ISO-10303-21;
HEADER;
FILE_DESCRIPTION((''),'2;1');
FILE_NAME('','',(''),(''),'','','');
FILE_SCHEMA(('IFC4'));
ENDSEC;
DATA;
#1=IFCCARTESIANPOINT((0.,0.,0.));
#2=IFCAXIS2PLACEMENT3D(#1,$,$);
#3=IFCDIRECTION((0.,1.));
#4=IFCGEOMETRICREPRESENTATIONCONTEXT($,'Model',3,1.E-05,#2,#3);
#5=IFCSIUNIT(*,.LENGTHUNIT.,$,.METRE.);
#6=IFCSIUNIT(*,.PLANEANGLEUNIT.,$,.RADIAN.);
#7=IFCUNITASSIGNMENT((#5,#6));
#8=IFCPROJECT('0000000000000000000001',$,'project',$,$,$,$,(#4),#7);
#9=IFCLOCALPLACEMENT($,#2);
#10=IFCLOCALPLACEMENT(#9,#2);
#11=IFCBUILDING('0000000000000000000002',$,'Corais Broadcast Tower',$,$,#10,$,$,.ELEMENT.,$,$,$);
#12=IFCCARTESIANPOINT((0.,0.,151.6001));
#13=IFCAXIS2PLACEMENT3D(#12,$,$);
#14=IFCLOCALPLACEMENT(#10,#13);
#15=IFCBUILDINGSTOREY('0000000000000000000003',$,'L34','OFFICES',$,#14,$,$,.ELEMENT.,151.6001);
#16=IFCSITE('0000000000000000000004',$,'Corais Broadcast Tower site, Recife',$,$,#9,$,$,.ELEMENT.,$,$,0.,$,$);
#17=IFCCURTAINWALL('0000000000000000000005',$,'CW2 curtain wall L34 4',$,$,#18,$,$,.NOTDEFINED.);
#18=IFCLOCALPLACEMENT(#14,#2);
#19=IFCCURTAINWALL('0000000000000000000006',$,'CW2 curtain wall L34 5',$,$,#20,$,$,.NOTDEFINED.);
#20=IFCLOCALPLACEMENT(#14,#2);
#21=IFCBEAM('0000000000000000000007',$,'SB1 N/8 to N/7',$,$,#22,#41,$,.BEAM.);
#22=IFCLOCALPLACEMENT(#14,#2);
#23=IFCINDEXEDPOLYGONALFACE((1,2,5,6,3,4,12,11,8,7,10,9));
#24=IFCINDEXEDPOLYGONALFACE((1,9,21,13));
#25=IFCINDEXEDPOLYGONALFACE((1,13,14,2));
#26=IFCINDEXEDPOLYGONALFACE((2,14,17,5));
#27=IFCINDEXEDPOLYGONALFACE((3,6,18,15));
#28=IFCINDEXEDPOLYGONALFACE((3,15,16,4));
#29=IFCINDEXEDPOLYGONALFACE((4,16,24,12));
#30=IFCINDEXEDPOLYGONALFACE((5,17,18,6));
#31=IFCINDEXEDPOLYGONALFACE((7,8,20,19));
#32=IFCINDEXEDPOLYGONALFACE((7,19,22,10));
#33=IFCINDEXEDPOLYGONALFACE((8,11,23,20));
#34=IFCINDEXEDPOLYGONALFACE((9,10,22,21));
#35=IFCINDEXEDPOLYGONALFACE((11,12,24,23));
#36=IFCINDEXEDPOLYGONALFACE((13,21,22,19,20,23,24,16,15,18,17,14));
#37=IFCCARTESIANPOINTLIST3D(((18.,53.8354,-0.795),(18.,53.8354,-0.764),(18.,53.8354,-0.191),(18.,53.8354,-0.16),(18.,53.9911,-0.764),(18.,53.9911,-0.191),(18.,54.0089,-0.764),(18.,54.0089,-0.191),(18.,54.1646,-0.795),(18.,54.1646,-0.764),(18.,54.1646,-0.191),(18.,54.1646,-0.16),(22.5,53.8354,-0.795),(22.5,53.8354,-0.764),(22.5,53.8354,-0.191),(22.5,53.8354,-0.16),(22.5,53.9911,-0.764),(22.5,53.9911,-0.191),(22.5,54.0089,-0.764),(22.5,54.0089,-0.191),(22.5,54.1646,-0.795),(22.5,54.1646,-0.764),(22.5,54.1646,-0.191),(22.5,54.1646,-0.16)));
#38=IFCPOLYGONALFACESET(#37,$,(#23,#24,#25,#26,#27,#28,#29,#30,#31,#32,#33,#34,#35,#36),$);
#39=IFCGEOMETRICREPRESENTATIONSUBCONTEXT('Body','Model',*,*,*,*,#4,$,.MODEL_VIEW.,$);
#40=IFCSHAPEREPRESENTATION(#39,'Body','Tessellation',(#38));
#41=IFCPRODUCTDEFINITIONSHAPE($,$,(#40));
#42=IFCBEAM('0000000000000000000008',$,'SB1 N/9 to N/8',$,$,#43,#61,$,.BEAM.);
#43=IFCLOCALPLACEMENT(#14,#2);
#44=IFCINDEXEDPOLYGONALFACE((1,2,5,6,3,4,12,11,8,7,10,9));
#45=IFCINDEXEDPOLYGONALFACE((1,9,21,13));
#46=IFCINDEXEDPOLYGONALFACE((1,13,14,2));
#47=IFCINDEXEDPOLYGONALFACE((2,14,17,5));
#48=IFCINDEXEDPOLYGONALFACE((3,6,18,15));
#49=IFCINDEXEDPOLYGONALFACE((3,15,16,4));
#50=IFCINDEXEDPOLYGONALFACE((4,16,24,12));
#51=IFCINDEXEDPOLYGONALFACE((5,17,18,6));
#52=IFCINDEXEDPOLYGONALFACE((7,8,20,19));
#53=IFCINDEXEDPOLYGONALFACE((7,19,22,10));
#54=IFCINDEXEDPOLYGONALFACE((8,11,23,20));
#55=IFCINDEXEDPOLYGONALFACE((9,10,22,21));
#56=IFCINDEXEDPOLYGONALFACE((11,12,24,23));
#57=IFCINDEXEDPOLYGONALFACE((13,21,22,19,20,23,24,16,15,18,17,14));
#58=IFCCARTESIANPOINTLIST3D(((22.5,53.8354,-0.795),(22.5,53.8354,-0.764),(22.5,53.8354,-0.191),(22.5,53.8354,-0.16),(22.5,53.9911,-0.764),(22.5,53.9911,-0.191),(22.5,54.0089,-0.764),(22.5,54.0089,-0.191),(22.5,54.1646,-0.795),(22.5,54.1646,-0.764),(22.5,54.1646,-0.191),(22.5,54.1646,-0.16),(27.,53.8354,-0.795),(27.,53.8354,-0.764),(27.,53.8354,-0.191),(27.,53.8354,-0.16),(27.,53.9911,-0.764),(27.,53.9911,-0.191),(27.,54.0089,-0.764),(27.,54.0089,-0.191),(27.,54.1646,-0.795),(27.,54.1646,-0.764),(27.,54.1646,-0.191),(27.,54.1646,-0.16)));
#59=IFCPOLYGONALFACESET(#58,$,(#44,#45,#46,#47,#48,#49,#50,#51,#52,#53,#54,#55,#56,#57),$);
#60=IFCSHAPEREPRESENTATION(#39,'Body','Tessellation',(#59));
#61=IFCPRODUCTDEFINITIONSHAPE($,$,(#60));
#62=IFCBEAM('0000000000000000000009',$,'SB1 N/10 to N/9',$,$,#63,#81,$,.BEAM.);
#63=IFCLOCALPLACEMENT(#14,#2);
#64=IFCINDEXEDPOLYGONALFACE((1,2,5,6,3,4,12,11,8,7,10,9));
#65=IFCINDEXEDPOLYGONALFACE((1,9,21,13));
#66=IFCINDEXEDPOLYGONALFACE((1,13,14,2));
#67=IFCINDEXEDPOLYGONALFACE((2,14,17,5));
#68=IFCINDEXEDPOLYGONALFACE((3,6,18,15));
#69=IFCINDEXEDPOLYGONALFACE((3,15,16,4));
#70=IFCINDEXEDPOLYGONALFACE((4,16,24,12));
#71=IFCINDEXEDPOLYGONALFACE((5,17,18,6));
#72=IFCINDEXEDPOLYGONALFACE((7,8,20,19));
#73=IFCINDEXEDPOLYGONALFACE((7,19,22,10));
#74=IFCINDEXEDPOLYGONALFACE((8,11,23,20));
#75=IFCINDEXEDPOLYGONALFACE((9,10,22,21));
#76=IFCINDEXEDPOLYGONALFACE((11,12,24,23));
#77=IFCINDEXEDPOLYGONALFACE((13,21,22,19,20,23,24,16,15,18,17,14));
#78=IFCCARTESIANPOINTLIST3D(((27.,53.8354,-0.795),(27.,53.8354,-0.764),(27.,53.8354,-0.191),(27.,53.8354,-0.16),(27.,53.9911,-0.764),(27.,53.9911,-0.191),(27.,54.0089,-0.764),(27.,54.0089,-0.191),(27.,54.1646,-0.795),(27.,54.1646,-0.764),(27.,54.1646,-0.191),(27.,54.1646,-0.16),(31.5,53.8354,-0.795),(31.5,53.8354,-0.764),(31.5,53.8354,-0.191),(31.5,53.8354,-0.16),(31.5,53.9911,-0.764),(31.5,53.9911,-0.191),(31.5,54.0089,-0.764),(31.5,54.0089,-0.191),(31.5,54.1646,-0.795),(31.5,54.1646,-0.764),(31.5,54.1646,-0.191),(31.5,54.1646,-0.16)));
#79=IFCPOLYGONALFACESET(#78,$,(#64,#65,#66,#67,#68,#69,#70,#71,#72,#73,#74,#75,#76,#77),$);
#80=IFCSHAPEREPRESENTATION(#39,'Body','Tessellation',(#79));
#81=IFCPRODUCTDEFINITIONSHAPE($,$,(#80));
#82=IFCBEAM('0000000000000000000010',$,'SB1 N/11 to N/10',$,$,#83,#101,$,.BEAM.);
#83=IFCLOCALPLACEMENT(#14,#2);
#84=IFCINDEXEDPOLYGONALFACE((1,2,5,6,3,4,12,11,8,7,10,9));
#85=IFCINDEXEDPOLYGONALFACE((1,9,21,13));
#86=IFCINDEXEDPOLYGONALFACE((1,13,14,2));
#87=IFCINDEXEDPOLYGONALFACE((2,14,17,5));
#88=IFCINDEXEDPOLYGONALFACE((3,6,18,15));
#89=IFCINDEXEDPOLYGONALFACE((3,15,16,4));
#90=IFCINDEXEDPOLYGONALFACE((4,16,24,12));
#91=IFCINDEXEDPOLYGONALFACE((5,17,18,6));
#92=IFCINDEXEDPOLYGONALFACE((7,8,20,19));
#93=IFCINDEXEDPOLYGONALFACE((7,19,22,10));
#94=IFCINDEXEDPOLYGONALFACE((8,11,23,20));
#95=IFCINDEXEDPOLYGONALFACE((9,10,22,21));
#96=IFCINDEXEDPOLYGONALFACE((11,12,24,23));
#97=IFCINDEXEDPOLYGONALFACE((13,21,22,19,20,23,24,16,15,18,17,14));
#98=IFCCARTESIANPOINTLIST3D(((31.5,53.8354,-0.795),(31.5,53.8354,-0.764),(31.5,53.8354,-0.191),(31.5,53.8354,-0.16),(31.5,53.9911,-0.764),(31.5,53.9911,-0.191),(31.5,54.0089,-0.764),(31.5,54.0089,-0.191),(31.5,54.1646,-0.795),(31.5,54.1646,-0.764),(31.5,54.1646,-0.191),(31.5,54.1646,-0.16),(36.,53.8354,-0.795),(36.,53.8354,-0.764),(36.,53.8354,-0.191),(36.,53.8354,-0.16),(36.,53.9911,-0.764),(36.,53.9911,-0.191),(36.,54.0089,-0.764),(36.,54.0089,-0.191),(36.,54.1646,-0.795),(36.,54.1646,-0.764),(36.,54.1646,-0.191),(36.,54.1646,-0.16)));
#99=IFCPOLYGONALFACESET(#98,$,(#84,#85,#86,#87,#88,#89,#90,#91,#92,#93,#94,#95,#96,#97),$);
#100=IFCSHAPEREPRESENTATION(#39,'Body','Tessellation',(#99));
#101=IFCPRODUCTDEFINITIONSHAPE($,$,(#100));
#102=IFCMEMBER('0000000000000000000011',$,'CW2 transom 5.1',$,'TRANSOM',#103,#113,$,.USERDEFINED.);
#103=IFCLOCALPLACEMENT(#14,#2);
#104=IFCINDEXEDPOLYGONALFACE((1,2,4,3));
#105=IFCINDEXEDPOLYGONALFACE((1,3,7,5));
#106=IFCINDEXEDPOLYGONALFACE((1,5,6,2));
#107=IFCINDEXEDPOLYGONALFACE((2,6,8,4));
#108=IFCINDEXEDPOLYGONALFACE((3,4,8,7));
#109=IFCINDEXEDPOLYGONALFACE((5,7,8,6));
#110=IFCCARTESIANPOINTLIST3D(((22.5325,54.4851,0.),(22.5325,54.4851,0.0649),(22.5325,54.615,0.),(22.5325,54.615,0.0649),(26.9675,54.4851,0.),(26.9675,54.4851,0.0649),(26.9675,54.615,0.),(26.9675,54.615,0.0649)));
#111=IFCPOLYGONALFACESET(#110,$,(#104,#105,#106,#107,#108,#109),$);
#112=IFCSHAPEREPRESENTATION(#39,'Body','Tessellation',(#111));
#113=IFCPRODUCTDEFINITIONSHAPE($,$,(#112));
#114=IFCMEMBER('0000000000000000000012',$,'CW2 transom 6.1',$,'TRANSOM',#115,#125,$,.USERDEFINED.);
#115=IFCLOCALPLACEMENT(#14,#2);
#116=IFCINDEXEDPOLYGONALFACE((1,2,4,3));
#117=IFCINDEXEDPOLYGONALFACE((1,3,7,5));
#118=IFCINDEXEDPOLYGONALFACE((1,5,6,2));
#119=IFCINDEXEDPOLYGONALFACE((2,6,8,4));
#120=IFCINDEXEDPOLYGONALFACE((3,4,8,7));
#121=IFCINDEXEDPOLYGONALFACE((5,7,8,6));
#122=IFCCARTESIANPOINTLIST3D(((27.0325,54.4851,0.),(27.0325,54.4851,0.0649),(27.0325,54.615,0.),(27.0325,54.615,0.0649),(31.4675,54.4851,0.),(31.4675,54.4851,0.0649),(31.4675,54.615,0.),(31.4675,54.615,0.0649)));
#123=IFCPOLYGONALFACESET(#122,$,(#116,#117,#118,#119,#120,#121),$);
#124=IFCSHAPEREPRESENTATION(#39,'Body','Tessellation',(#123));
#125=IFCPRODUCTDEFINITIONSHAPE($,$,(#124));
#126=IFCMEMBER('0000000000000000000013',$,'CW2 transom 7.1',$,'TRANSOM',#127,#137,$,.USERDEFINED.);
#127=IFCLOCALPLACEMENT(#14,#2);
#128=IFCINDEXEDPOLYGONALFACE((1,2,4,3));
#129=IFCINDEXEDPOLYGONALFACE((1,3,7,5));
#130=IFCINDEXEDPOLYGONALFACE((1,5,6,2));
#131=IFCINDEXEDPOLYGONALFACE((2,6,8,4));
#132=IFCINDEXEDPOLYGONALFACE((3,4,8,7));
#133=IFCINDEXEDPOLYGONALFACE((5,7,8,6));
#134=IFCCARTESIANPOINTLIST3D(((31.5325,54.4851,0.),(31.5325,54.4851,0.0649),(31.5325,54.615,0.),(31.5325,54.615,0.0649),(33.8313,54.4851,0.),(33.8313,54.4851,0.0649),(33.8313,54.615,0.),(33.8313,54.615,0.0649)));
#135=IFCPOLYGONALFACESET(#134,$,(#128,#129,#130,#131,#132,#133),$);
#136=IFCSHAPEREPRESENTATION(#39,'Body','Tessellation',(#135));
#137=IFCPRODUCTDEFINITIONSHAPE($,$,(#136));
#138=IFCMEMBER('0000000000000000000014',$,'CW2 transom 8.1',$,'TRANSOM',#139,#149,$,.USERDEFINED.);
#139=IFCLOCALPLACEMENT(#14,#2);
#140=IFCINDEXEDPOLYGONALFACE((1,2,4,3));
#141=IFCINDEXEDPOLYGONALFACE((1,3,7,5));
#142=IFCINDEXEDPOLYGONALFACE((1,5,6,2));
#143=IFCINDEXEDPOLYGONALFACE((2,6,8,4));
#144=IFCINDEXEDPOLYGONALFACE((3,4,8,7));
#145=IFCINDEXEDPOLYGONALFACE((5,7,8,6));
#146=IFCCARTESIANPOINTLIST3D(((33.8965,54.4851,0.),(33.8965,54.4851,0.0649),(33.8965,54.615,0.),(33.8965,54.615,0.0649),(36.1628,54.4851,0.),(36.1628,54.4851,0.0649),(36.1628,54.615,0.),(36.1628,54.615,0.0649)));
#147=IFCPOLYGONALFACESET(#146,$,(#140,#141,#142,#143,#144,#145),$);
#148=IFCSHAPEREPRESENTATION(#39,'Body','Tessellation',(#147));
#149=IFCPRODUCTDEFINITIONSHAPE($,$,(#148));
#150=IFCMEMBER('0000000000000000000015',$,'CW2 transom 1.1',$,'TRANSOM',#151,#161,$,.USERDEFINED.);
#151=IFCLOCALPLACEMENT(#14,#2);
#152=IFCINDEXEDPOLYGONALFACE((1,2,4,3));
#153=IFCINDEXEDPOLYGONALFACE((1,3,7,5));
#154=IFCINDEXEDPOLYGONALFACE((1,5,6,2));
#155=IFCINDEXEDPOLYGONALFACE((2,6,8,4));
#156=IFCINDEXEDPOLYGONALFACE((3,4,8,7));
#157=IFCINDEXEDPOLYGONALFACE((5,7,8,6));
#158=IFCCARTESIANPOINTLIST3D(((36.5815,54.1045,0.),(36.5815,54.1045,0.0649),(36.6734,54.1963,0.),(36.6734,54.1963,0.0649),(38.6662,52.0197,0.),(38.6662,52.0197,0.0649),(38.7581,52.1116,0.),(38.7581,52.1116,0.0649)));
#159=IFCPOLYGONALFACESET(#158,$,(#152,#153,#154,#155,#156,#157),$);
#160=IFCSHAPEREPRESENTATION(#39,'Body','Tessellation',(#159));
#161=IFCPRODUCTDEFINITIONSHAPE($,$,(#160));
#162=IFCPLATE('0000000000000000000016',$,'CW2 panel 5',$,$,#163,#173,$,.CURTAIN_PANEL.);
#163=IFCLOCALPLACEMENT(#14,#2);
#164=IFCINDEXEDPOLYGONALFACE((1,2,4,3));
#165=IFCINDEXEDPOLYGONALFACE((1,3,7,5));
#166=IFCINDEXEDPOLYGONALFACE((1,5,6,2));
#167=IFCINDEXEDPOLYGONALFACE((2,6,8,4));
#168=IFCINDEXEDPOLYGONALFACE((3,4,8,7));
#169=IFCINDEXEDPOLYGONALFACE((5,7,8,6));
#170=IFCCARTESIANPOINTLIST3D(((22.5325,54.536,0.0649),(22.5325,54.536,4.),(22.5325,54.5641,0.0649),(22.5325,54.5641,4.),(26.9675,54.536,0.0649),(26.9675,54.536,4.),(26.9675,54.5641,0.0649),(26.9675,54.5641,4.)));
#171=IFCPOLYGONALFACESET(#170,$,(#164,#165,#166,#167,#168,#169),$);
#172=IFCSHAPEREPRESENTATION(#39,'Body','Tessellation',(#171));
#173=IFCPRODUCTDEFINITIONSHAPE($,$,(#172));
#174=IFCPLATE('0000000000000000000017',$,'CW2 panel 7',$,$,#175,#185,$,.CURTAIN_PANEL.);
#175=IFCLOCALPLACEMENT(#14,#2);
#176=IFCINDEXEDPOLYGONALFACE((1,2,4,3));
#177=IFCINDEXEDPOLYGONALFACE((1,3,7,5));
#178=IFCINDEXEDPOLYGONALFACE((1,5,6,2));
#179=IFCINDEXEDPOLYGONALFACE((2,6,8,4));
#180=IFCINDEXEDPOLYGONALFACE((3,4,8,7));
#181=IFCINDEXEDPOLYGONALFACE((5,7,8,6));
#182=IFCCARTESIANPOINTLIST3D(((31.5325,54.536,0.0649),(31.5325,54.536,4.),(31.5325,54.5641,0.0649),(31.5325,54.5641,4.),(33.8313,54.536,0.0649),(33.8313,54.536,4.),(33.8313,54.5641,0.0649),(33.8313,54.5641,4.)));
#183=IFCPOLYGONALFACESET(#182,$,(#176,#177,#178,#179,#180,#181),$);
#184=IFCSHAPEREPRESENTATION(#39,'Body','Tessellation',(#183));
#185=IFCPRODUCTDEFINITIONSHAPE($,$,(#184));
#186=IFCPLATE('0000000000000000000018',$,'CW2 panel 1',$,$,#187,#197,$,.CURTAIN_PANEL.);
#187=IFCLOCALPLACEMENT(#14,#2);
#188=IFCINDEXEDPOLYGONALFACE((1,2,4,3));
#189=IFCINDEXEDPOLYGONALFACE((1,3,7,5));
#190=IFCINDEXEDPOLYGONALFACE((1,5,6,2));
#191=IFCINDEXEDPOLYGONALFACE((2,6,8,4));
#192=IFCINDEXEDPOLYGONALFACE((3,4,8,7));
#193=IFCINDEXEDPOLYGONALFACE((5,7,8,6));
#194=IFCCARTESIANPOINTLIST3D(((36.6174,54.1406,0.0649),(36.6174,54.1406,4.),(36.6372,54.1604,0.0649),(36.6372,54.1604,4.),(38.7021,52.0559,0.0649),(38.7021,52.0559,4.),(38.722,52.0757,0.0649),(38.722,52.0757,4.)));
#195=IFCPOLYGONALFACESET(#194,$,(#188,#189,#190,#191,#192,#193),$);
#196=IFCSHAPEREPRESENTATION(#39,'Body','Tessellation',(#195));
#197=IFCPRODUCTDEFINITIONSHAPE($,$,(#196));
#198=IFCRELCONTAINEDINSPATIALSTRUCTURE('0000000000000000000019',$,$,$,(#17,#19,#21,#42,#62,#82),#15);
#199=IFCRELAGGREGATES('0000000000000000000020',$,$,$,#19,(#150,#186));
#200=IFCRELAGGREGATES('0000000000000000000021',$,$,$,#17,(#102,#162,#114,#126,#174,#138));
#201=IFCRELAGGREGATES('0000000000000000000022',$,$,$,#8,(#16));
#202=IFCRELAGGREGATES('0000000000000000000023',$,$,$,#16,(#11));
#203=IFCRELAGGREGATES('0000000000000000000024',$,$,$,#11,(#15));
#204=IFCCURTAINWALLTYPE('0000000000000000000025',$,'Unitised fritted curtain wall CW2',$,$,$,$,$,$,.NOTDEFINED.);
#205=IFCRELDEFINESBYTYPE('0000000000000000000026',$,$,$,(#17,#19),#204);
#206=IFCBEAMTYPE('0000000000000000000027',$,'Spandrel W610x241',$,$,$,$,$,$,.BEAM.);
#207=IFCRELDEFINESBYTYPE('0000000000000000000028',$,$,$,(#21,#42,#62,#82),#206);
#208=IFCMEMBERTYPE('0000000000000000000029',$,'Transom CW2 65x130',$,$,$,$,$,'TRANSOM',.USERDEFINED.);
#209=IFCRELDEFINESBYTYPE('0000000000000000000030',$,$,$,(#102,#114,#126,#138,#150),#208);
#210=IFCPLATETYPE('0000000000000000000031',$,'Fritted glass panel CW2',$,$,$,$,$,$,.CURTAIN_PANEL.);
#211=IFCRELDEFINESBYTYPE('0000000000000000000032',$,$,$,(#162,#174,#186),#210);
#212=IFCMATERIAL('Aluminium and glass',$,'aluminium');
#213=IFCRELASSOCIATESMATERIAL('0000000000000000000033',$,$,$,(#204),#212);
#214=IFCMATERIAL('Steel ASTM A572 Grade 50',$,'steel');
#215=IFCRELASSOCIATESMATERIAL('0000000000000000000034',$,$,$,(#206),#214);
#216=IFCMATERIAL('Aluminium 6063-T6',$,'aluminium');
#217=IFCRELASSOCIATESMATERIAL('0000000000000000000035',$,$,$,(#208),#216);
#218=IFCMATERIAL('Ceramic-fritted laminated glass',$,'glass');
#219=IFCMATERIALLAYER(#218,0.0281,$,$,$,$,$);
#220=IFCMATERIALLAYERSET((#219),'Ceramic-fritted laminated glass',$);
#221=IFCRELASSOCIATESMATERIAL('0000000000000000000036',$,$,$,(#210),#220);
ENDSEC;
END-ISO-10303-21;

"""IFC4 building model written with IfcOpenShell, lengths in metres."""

from ifc_helpers import new_model, si_unit, direction, frame, origin, origin_2d, place, context, subcontext, project, spatial, rectangle, i_section, extrude, material, layer, layer_set, material_profile, profile_set, type_object, element, aggregate, save


model = new_model("IFC4")

# Units and contexts
model_context = context("Model", 3, precision=1e-05, world=origin(), true_north=direction((0.0, 1.0)))
body_context = subcontext(model_context, "Body", "Model", "MODEL_VIEW")
ifc_project = project(units=[si_unit("LENGTHUNIT", "METRE"), si_unit("PLANEANGLEUNIT", "RADIAN")], contexts=[model_context])

# Site, building, storey
site_placement = place(None, origin())
site = spatial("IfcSite", under=ifc_project, at=site_placement, Name="Corais Broadcast Tower site, Recife", CompositionType="ELEMENT", RefElevation=0.0)
building_placement = place(site_placement, origin())
building = spatial("IfcBuilding", under=site, at=building_placement, Name="Corais Broadcast Tower", CompositionType="ELEMENT")
storey_placement = place(building_placement, frame((0.0, 0.0, 151.6001)))
storey = spatial("IfcBuildingStorey", under=building, at=storey_placement, Name="L34", Description="OFFICES", CompositionType="ELEMENT", Elevation=151.6001)

# Curtain wall
ifc_material_1 = material(Name="Aluminium and glass", Category="aluminium")
curtain_wall_type = type_object("IfcCurtainWallType", Name="Unitised fritted curtain wall CW2", PredefinedType="NOTDEFINED", material=ifc_material_1)
curtain_wall_1_placement = place(storey_placement, origin())
curtain_wall_1 = element("IfcCurtainWall", 1, at=curtain_wall_1_placement, inside=storey, type_object=curtain_wall_type, Name="CW2 curtain wall L34 4", PredefinedType="NOTDEFINED")

# Curtain wall
curtain_wall_2_placement = place(storey_placement, origin())
curtain_wall_2 = element("IfcCurtainWall", 2, at=curtain_wall_2_placement, inside=storey, type_object=curtain_wall_type, Name="CW2 curtain wall L34 5", PredefinedType="NOTDEFINED")

# Beams
ifc_material_2 = material(Name="Steel ASTM A572 Grade 50", Category="steel")
ifc_material_profile_1 = material_profile(ifc_material_2, i_section(OverallWidth=0.3291, OverallDepth=0.635, WebThickness=0.0178, FlangeThickness=0.031, at=origin_2d()), Name="W610x241")
ifc_profile_set_1 = profile_set([ifc_material_profile_1], Name="Steel ASTM A572 Grade 50")
beam_type_1 = type_object("IfcBeamType", Name="Spandrel W610x241", PredefinedType="BEAM", material=ifc_profile_set_1)
for number, where, z_axis, x_axis, name in (
    (3, (22.5, 54.0, -0.4775), (-1.0, 0.0, 0.0), (0.0, -1.0, 0.0), "SB1 N/8 to N/7"),
    (4, (27.0, 54.0, -0.4775), (-1.0, 0.0, 0.0), (0.0, -1.0, 0.0), "SB1 N/9 to N/8"),
    (5, (31.5, 54.0, -0.4775), (-1.0, 0.0, 0.0), (0.0, -1.0, 0.0), "SB1 N/10 to N/9"),
    (6, (36.0, 54.0, -0.4775), (-1.0, 0.0, 0.0), (0.0, -1.0, 0.0), "SB1 N/11 to N/10"),
):
    element("IfcBeam", number, at=place(storey_placement, frame(where, z_axis=z_axis, x_axis=x_axis)), inside=storey, type_object=beam_type_1, Name=name, PredefinedType="BEAM", context=body_context, shape_type="SweptSolid", body=[
        extrude(i_section(OverallWidth=0.3291, OverallDepth=0.635, WebThickness=0.0178, FlangeThickness=0.031, at=origin_2d()), origin(), (0.0, 0.0, 1.0), 4.5),
    ])

# Members
ifc_material_3 = material(Name="Aluminium 6063-T6", Category="aluminium")
ifc_material_profile_2 = material_profile(ifc_material_3, rectangle(XDim=0.1299, YDim=0.0649, at=origin_2d()), Name="Transom CW2 65x130")
ifc_profile_set_2 = profile_set([ifc_material_profile_2], Name="Aluminium 6063-T6")
member_type_1 = type_object("IfcMemberType", Name="Transom CW2 65x130", ElementType="TRANSOM", PredefinedType="USERDEFINED", material=ifc_profile_set_2)
member_1_placement = place(storey_placement, frame((22.5325, 54.55, 0.0325), z_axis=(1.0, 0.0, 0.0), x_axis=(0.0, 1.0, 0.0)))
member_1 = element("IfcMember", 7, at=member_1_placement, type_object=member_type_1, Name="CW2 transom 5.1", ObjectType="TRANSOM", PredefinedType="USERDEFINED", context=body_context, shape_type="SweptSolid", body=[
    extrude(rectangle(XDim=0.1299, YDim=0.0649, at=origin_2d()), origin(), (0.0, 0.0, 1.0), 4.4351),
])
member_2_placement = place(storey_placement, frame((27.0325, 54.55, 0.0325), z_axis=(1.0, 0.0, 0.0), x_axis=(0.0, 1.0, 0.0)))
member_2 = element("IfcMember", 8, at=member_2_placement, type_object=member_type_1, Name="CW2 transom 6.1", ObjectType="TRANSOM", PredefinedType="USERDEFINED", context=body_context, shape_type="SweptSolid", body=[
    extrude(rectangle(XDim=0.1299, YDim=0.0649, at=origin_2d()), origin(), (0.0, 0.0, 1.0), 4.4351),
])
member_3_placement = place(storey_placement, frame((31.5325, 54.55, 0.0325), z_axis=(1.0, 0.0, 0.0), x_axis=(0.0, 1.0, 0.0)))
member_3 = element("IfcMember", 9, at=member_3_placement, type_object=member_type_1, Name="CW2 transom 7.1", ObjectType="TRANSOM", PredefinedType="USERDEFINED", context=body_context, shape_type="SweptSolid", body=[
    extrude(rectangle(XDim=0.1299, YDim=0.0649, at=origin_2d()), origin(), (0.0, 0.0, 1.0), 2.2988),
])
member_4_placement = place(storey_placement, frame((33.8965, 54.55, 0.0325), z_axis=(1.0, 0.0, 0.0), x_axis=(0.0, 1.0, 0.0)))
member_4 = element("IfcMember", 10, at=member_4_placement, type_object=member_type_1, Name="CW2 transom 8.1", ObjectType="TRANSOM", PredefinedType="USERDEFINED", context=body_context, shape_type="SweptSolid", body=[
    extrude(rectangle(XDim=0.1299, YDim=0.0649, at=origin_2d()), origin(), (0.0, 0.0, 1.0), 2.2664),
])
member_5_placement = place(storey_placement, frame((36.6274, 54.1504, 0.0325), z_axis=(0.707107, -0.707107, 0.0), x_axis=(0.707107, 0.707107, 0.0)))
member_5 = element("IfcMember", 11, at=member_5_placement, type_object=member_type_1, Name="CW2 transom 1.1", ObjectType="TRANSOM", PredefinedType="USERDEFINED", context=body_context, shape_type="SweptSolid", body=[
    extrude(rectangle(XDim=0.1299, YDim=0.0649, at=origin_2d()), origin(), (0.0, 0.0, 1.0), 2.9482),
])

# Plates
ifc_material_4 = material(Name="Ceramic-fritted laminated glass", Category="glass")
ifc_layer_1 = layer(ifc_material_4, 0.0281)
ifc_layer_set_1 = layer_set([ifc_layer_1], Name="Ceramic-fritted laminated glass")
plate_type_1 = type_object("IfcPlateType", Name="Fritted glass panel CW2", PredefinedType="CURTAIN_PANEL", material=ifc_layer_set_1)
plate_1_placement = place(storey_placement, frame((24.75, 54.55, 0.0649), z_axis=(0.0, 0.0, 1.0), x_axis=(1.0, 0.0, 0.0)))
plate_1 = element("IfcPlate", 12, at=plate_1_placement, type_object=plate_type_1, Name="CW2 panel 5", PredefinedType="CURTAIN_PANEL", context=body_context, shape_type="SweptSolid", body=[
    extrude(rectangle(XDim=4.4351, YDim=0.0281, at=origin_2d()), origin(), (0.0, 0.0, 1.0), 3.9351),
])
plate_2_placement = place(storey_placement, frame((32.6819, 54.55, 0.0649), z_axis=(0.0, 0.0, 1.0), x_axis=(1.0, 0.0, 0.0)))
plate_2 = element("IfcPlate", 13, at=plate_2_placement, type_object=plate_type_1, Name="CW2 panel 7", PredefinedType="CURTAIN_PANEL", context=body_context, shape_type="SweptSolid", body=[
    extrude(rectangle(XDim=2.2988, YDim=0.0281, at=origin_2d()), origin(), (0.0, 0.0, 1.0), 3.9351),
])
plate_3_placement = place(storey_placement, frame((37.6697, 53.1082, 0.0649), z_axis=(0.0, 0.0, 1.0), x_axis=(0.707107, -0.707107, 0.0)))
plate_3 = element("IfcPlate", 14, at=plate_3_placement, type_object=plate_type_1, Name="CW2 panel 1", PredefinedType="CURTAIN_PANEL", context=body_context, shape_type="SweptSolid", body=[
    extrude(rectangle(XDim=2.9482, YDim=0.0281, at=origin_2d()), origin(), (0.0, 0.0, 1.0), 3.9351),
])
aggregate(curtain_wall_2, [member_5, plate_3])
aggregate(curtain_wall_1, [member_1, plate_1, member_2, member_3, plate_2, member_4])

save(model, "model.ifc")
